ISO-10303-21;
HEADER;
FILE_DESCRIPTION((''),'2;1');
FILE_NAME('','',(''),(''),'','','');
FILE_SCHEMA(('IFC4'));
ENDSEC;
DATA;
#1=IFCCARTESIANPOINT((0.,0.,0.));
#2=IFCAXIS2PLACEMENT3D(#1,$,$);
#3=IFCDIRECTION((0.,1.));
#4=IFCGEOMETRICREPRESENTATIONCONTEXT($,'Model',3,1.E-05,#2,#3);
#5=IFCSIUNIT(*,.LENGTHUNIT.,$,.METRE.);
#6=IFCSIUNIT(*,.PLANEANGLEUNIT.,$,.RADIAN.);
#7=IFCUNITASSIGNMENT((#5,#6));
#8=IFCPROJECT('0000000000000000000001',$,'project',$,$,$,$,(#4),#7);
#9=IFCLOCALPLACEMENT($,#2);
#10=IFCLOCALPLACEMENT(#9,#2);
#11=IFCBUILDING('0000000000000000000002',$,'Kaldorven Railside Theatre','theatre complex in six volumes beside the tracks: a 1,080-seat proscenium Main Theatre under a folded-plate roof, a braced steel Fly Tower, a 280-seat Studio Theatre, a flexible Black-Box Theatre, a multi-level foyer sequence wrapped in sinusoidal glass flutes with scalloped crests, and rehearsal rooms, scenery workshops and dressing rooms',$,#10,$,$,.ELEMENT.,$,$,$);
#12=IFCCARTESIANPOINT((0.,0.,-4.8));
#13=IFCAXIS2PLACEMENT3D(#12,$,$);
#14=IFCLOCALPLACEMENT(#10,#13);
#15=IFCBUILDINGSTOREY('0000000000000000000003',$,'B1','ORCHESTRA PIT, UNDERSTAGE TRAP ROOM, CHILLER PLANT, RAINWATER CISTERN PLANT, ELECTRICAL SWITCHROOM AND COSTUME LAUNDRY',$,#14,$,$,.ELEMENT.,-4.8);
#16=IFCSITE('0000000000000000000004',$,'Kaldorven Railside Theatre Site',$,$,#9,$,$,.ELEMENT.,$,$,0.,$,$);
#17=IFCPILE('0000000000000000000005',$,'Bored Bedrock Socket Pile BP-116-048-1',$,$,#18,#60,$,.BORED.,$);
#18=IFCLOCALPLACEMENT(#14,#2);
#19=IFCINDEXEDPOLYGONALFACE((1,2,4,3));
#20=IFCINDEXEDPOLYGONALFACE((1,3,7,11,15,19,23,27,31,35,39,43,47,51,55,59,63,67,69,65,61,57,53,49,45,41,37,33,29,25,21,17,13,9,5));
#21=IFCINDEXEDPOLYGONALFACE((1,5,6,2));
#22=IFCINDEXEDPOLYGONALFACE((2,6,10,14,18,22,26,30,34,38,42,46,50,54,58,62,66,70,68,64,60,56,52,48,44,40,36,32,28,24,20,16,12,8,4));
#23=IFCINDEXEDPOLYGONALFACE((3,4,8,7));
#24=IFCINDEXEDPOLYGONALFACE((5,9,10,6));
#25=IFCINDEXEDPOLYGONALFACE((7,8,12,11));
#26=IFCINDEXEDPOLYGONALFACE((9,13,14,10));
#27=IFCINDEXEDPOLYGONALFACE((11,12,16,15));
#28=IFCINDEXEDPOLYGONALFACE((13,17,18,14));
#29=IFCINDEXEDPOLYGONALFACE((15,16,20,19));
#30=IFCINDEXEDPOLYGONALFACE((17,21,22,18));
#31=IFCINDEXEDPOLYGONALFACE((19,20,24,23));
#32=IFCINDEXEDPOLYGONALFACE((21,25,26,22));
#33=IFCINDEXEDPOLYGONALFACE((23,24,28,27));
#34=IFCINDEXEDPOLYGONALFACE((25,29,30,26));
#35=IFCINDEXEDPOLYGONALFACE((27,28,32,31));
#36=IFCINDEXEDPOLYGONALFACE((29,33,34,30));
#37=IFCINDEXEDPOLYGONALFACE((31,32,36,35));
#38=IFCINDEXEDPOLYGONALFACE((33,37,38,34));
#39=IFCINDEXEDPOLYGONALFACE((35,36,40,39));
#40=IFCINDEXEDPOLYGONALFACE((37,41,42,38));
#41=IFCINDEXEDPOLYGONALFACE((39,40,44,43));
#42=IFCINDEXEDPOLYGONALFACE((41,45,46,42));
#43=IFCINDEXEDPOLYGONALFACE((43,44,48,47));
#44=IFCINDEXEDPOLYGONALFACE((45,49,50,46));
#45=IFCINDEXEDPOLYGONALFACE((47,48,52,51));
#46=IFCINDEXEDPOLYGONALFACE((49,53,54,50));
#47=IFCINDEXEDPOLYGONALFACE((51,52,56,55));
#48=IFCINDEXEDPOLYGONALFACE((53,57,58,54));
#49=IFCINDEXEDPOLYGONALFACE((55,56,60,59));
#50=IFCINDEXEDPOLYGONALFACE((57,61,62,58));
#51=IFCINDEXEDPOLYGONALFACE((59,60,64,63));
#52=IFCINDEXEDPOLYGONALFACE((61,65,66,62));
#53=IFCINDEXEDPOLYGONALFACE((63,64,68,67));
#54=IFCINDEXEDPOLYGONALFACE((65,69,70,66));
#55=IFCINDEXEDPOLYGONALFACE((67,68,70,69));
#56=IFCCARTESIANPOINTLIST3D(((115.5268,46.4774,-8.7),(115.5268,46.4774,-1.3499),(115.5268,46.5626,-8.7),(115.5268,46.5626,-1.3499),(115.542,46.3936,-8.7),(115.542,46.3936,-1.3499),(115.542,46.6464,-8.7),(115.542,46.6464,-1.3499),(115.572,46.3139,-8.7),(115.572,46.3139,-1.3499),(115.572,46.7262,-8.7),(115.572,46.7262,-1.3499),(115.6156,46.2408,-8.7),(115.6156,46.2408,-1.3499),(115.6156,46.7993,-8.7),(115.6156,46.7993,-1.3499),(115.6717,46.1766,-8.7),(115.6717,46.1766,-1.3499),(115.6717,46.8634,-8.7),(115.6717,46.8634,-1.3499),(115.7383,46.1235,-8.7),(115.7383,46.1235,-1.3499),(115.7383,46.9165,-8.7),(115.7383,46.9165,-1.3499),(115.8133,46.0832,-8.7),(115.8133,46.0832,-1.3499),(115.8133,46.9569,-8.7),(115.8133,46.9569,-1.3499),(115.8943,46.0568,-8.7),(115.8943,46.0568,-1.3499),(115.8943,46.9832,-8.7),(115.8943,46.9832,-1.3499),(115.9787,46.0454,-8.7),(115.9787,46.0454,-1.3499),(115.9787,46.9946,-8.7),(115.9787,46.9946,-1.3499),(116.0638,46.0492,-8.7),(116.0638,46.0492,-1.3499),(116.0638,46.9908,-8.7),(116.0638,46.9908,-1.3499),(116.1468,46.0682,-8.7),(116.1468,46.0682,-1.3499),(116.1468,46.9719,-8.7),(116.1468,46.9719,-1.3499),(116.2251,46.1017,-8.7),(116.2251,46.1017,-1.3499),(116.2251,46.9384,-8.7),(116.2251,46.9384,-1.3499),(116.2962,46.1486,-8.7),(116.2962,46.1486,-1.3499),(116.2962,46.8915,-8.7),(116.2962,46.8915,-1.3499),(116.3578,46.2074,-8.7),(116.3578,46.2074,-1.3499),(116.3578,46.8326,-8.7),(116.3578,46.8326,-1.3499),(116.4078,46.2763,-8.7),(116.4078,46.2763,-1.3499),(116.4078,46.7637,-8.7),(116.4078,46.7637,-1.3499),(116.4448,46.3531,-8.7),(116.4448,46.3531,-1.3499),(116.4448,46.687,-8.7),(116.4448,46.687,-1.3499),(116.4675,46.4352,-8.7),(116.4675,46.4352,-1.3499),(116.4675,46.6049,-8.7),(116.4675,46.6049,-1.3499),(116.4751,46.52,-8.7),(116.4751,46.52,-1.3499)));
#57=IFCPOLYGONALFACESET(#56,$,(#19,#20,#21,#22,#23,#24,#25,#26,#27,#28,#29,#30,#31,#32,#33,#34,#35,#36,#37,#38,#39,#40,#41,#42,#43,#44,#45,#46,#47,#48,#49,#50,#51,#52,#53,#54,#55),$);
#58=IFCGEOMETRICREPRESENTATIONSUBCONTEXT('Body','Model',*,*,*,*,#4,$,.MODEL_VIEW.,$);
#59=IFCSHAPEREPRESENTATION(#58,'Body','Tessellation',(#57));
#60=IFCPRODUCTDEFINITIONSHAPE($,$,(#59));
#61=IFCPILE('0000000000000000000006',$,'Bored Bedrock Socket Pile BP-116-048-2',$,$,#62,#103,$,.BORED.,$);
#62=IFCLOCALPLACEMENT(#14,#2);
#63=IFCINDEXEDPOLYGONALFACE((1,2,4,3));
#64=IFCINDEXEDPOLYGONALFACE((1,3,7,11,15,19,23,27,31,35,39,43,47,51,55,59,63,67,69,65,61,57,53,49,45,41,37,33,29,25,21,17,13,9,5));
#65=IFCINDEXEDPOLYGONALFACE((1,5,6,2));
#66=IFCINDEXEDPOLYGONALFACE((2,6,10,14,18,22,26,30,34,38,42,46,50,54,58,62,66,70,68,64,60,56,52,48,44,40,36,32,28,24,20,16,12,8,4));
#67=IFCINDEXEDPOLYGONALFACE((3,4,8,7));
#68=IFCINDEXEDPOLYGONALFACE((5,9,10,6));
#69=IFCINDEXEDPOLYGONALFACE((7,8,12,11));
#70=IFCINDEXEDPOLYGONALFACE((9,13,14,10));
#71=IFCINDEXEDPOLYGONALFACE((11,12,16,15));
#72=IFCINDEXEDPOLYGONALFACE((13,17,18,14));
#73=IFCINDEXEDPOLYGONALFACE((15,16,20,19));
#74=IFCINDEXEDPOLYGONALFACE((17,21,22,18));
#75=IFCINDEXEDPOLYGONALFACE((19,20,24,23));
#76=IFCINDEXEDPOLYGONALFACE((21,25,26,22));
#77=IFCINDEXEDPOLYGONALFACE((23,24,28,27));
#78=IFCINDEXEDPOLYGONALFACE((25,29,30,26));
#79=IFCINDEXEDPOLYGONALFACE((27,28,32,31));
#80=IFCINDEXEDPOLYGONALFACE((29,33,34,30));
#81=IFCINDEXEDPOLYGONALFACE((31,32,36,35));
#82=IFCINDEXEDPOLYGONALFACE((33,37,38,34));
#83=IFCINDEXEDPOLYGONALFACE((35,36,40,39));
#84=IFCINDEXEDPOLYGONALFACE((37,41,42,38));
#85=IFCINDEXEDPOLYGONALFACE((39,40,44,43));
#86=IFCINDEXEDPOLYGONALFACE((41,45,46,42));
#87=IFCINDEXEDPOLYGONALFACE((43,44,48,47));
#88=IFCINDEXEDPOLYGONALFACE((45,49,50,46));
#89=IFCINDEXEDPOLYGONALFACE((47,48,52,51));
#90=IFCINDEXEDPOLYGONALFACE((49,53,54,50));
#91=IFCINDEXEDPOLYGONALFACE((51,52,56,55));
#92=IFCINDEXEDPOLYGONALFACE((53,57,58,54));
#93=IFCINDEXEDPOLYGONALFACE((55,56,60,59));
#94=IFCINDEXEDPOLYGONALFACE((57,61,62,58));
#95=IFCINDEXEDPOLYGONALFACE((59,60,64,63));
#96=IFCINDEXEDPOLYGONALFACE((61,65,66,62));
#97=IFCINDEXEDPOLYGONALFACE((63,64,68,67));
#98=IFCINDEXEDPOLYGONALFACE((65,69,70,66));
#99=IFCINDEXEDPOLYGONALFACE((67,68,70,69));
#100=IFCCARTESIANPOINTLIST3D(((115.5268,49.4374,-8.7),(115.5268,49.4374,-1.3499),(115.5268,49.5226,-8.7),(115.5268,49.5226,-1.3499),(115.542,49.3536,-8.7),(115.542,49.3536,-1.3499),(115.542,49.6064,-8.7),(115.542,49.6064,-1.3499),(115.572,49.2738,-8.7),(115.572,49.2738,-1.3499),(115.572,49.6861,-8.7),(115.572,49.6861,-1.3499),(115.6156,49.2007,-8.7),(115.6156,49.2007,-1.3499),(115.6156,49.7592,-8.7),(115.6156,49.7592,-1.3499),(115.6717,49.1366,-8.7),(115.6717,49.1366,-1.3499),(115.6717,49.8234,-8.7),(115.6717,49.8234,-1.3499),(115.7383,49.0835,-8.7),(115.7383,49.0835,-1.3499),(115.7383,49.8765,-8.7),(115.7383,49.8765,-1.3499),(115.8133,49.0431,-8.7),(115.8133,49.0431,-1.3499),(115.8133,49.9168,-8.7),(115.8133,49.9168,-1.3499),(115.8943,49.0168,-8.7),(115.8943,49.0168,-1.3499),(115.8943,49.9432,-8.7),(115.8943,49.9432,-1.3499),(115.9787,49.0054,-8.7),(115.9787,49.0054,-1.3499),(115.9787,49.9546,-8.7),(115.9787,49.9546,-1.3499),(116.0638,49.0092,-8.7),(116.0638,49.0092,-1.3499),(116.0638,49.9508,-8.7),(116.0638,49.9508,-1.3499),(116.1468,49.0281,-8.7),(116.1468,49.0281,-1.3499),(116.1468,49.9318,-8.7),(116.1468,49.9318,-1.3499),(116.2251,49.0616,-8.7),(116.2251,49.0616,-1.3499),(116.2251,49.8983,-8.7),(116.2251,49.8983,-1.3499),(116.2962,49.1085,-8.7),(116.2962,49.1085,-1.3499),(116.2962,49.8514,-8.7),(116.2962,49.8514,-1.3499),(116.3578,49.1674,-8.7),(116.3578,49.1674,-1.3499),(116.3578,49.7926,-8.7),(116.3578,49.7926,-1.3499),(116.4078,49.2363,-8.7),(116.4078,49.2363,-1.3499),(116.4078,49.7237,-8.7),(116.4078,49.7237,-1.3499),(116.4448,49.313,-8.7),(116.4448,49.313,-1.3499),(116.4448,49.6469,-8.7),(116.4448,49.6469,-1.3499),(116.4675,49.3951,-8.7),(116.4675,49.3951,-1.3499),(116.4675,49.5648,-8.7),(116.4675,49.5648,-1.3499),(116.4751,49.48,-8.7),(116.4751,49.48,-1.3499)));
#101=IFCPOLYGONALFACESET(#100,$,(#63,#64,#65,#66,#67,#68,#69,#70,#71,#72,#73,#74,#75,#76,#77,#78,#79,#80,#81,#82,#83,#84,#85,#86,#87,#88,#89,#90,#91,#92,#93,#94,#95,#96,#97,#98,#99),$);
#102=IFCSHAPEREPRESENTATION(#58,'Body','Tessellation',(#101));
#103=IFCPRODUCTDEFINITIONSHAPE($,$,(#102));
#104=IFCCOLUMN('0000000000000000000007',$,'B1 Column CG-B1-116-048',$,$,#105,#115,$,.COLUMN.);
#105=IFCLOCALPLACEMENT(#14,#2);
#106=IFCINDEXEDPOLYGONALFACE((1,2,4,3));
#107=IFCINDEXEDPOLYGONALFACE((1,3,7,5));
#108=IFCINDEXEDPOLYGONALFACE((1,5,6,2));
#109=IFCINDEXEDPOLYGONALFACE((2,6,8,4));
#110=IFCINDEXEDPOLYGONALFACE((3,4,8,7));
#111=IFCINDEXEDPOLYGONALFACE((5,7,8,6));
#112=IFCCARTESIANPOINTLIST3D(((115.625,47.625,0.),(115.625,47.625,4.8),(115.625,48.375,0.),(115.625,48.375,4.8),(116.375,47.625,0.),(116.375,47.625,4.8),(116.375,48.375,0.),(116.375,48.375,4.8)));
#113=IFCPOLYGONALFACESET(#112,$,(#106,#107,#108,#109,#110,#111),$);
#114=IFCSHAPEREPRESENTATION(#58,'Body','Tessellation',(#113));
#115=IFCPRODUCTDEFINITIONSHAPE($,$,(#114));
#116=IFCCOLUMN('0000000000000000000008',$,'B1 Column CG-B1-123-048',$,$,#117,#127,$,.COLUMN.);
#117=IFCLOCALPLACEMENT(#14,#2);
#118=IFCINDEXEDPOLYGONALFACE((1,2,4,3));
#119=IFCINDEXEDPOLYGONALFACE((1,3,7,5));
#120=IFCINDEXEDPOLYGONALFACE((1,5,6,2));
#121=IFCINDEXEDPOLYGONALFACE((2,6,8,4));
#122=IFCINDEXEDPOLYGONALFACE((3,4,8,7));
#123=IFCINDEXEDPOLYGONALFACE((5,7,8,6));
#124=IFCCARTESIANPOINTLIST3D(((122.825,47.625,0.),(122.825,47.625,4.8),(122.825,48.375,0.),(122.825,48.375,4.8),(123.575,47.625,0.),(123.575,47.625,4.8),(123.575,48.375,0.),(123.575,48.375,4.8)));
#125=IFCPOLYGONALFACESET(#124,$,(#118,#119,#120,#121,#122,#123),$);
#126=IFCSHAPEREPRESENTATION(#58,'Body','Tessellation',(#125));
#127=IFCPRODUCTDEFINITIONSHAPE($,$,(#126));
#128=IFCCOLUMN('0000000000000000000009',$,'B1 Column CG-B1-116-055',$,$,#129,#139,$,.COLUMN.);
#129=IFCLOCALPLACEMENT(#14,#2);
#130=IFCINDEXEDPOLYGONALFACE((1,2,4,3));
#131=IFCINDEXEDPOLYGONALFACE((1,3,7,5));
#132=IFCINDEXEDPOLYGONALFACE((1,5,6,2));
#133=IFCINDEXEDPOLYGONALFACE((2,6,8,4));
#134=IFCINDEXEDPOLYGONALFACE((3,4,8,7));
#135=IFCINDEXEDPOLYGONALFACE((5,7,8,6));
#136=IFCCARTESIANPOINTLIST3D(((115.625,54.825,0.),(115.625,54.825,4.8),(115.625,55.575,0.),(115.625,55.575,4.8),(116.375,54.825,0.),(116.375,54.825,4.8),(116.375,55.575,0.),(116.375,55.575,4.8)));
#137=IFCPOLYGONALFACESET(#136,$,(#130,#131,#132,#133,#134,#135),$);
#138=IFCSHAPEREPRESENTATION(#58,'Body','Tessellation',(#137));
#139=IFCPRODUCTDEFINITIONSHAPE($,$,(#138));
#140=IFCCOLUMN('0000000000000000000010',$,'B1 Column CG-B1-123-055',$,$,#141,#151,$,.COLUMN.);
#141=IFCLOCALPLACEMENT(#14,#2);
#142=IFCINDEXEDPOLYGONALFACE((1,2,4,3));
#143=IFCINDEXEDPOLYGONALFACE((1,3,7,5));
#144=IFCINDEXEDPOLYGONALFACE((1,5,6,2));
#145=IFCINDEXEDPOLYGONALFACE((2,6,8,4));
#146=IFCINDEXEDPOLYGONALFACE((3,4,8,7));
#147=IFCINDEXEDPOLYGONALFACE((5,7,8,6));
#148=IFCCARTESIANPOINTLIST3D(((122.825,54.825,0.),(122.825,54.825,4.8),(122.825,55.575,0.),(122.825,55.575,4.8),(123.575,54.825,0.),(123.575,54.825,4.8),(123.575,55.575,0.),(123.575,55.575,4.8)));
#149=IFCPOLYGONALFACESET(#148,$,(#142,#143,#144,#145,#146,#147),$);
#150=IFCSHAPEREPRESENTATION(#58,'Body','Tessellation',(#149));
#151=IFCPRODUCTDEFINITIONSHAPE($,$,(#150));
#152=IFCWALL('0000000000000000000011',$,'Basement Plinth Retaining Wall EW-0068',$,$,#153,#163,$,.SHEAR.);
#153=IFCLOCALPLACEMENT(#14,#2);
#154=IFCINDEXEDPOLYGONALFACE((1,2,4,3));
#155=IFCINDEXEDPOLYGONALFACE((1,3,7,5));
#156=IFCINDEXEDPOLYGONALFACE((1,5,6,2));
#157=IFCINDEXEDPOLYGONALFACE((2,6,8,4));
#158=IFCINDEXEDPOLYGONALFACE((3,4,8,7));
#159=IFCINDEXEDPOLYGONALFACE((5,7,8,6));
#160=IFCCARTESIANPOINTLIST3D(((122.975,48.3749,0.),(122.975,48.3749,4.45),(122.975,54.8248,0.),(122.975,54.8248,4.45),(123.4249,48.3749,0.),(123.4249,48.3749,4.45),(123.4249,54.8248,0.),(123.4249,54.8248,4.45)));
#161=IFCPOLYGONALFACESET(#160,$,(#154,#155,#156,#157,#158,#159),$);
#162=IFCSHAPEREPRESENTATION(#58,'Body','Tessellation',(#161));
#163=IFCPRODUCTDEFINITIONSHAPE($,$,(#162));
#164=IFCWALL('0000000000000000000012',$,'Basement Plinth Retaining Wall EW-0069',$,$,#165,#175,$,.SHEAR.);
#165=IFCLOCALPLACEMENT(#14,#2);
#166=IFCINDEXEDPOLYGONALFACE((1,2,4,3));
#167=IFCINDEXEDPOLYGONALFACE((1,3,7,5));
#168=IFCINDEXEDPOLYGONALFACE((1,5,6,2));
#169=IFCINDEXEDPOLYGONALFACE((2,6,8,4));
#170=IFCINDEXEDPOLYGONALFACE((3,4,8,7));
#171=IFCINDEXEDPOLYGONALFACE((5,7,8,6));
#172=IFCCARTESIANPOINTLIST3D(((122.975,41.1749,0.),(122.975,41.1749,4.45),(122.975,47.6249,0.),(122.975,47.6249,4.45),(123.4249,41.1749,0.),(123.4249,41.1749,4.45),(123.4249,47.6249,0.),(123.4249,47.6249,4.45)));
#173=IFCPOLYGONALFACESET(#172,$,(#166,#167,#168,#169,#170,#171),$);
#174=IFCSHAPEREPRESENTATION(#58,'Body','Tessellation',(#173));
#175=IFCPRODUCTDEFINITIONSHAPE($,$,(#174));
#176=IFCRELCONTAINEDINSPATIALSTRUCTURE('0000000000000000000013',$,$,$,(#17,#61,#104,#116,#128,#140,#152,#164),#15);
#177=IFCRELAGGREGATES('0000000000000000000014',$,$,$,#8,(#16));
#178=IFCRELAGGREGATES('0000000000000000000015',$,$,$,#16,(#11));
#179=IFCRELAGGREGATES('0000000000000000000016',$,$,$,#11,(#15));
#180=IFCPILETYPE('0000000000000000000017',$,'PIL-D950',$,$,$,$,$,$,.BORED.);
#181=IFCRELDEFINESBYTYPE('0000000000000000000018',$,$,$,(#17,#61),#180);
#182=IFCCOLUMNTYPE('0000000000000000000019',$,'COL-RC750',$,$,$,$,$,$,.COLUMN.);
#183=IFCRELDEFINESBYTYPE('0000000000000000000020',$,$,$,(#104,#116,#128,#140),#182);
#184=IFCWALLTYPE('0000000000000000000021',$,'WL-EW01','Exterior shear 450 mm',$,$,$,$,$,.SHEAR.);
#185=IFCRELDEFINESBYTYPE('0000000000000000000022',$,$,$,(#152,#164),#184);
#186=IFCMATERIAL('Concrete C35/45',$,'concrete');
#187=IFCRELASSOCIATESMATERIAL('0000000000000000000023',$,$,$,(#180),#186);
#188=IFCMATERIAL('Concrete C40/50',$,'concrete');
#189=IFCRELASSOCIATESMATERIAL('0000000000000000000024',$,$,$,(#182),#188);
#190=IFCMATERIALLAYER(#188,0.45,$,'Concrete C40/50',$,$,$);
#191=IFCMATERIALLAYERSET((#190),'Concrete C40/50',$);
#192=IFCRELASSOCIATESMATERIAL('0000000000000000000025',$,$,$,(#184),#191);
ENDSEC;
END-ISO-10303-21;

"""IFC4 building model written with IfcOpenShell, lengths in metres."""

from ifc_helpers import new_model, si_unit, direction, frame, frame_2d, origin, origin_2d, place, context, subcontext, project, spatial, rectangle, circle, extrude, material, layer, layer_set, material_profile, profile_set, type_object, element, save


model = new_model("IFC4")

# Units and contexts
model_context = context("Model", 3, precision=1e-05, world=origin(), true_north=direction((0.0, 1.0)))
body_context = subcontext(model_context, "Body", "Model", "MODEL_VIEW")
ifc_project = project(units=[si_unit("LENGTHUNIT", "METRE"), si_unit("PLANEANGLEUNIT", "RADIAN")], contexts=[model_context])

# Site, building, storey
site_placement = place(None, origin())
site = spatial("IfcSite", under=ifc_project, at=site_placement, Name="Kaldorven Railside Theatre Site", CompositionType="ELEMENT", RefElevation=0.0)
building_placement = place(site_placement, origin())
building = spatial("IfcBuilding", under=site, at=building_placement, Name="Kaldorven Railside Theatre", Description="theatre complex in six volumes beside the tracks: a 1,080-seat proscenium Main Theatre under a folded-plate roof, a braced steel Fly Tower, a 280-seat Studio Theatre, a flexible Black-Box Theatre, a multi-level foyer sequence wrapped in sinusoidal glass flutes with scalloped crests, and rehearsal rooms, scenery workshops and dressing rooms", CompositionType="ELEMENT")
storey_placement = place(building_placement, frame((0.0, 0.0, -4.8)))
storey = spatial("IfcBuildingStorey", under=building, at=storey_placement, Name="B1", Description="ORCHESTRA PIT, UNDERSTAGE TRAP ROOM, CHILLER PLANT, RAINWATER CISTERN PLANT, ELECTRICAL SWITCHROOM AND COSTUME LAUNDRY", CompositionType="ELEMENT", Elevation=-4.8)

# Shared definitions
ifc_material_1 = material(Name="Concrete C40/50", Category="concrete")

# Piles
ifc_material_2 = material(Name="Concrete C35/45", Category="concrete")
ifc_material_profile_1 = material_profile(ifc_material_2, circle(Radius=0.4751, at=origin_2d()), Name="BP D950")
ifc_profile_set_1 = profile_set([ifc_material_profile_1], Name="Concrete C35/45")
pile_type_1 = type_object("IfcPileType", Name="PIL-D950", PredefinedType="BORED", material=ifc_profile_set_1)
for number, where, z_axis, x_axis, name in (
    (1, (116.0, 46.52, -1.3499), (0.0, 0.0, -1.0), (1.0, 0.0, 0.0), "Bored Bedrock Socket Pile BP-116-048-1"),
    (2, (116.0, 49.48, -1.3499), (0.0, 0.0, -1.0), (1.0, 0.0, 0.0), "Bored Bedrock Socket Pile BP-116-048-2"),
):
    element("IfcPile", number, at=place(storey_placement, frame(where, z_axis=z_axis, x_axis=x_axis)), inside=storey, type_object=pile_type_1, Name=name, PredefinedType="BORED", context=body_context, shape_type="SweptSolid", body=[
        extrude(circle(Radius=0.4751, at=origin_2d()), origin(), (0.0, 0.0, 1.0), 7.3501),
    ])

# Columns
ifc_material_profile_2 = material_profile(ifc_material_1, rectangle(XDim=0.75, YDim=0.75, at=origin_2d()), Name="RC 750x750")
ifc_profile_set_2 = profile_set([ifc_material_profile_2], Name="Concrete C40/50")
column_type = type_object("IfcColumnType", Name="COL-RC750", PredefinedType="COLUMN", material=ifc_profile_set_2)
for number, where, z_axis, x_axis, name in (
    (3, (116.0, 48.0, 0.0), (0.0, 0.0, 1.0), (1.0, 0.0, 0.0), "B1 Column CG-B1-116-048"),
    (4, (123.2, 48.0, 0.0), (0.0, 0.0, 1.0), (0.0, 1.0, 0.0), "B1 Column CG-B1-123-048"),
    (5, (116.0, 55.2, 0.0), (0.0, 0.0, 1.0), (0.0, 1.0, 0.0), "B1 Column CG-B1-116-055"),
    (6, (123.2, 55.2, 0.0), (0.0, 0.0, 1.0), (1.0, 0.0, 0.0), "B1 Column CG-B1-123-055"),
):
    element("IfcColumn", number, at=place(storey_placement, frame(where, z_axis=z_axis, x_axis=x_axis)), inside=storey, type_object=column_type, Name=name, PredefinedType="COLUMN", context=body_context, shape_type="SweptSolid", body=[
        extrude(rectangle(XDim=0.75, YDim=0.75, at=origin_2d()), origin(), (0.0, 0.0, 1.0), 4.8),
    ])

# Walls
ifc_layer = layer(ifc_material_1, 0.45, Name="Concrete C40/50")
ifc_layer_set = layer_set([ifc_layer], Name="Concrete C40/50")
wall_type = type_object("IfcWallType", Name="WL-EW01", Description="Exterior shear 450 mm", PredefinedType="SHEAR", material=ifc_layer_set)
for number, where, z_axis, x_axis, name in (
    (7, (123.2, 54.825, 0.0), (0.0, 0.0, 1.0), (0.0, -1.0, 0.0), "Basement Plinth Retaining Wall EW-0068"),
    (8, (123.2, 47.625, 0.0), (0.0, 0.0, 1.0), (0.0, -1.0, 0.0), "Basement Plinth Retaining Wall EW-0069"),
):
    element("IfcWall", number, at=place(storey_placement, frame(where, z_axis=z_axis, x_axis=x_axis)), inside=storey, type_object=wall_type, Name=name, PredefinedType="SHEAR", context=body_context, shape_type="SweptSolid", body=[
        extrude(rectangle(XDim=6.45, YDim=0.45, at=frame_2d((3.2251, 0.0))), origin(), (0.0, 0.0, 1.0), 4.45),
    ])

save(model, "model.ifc")
